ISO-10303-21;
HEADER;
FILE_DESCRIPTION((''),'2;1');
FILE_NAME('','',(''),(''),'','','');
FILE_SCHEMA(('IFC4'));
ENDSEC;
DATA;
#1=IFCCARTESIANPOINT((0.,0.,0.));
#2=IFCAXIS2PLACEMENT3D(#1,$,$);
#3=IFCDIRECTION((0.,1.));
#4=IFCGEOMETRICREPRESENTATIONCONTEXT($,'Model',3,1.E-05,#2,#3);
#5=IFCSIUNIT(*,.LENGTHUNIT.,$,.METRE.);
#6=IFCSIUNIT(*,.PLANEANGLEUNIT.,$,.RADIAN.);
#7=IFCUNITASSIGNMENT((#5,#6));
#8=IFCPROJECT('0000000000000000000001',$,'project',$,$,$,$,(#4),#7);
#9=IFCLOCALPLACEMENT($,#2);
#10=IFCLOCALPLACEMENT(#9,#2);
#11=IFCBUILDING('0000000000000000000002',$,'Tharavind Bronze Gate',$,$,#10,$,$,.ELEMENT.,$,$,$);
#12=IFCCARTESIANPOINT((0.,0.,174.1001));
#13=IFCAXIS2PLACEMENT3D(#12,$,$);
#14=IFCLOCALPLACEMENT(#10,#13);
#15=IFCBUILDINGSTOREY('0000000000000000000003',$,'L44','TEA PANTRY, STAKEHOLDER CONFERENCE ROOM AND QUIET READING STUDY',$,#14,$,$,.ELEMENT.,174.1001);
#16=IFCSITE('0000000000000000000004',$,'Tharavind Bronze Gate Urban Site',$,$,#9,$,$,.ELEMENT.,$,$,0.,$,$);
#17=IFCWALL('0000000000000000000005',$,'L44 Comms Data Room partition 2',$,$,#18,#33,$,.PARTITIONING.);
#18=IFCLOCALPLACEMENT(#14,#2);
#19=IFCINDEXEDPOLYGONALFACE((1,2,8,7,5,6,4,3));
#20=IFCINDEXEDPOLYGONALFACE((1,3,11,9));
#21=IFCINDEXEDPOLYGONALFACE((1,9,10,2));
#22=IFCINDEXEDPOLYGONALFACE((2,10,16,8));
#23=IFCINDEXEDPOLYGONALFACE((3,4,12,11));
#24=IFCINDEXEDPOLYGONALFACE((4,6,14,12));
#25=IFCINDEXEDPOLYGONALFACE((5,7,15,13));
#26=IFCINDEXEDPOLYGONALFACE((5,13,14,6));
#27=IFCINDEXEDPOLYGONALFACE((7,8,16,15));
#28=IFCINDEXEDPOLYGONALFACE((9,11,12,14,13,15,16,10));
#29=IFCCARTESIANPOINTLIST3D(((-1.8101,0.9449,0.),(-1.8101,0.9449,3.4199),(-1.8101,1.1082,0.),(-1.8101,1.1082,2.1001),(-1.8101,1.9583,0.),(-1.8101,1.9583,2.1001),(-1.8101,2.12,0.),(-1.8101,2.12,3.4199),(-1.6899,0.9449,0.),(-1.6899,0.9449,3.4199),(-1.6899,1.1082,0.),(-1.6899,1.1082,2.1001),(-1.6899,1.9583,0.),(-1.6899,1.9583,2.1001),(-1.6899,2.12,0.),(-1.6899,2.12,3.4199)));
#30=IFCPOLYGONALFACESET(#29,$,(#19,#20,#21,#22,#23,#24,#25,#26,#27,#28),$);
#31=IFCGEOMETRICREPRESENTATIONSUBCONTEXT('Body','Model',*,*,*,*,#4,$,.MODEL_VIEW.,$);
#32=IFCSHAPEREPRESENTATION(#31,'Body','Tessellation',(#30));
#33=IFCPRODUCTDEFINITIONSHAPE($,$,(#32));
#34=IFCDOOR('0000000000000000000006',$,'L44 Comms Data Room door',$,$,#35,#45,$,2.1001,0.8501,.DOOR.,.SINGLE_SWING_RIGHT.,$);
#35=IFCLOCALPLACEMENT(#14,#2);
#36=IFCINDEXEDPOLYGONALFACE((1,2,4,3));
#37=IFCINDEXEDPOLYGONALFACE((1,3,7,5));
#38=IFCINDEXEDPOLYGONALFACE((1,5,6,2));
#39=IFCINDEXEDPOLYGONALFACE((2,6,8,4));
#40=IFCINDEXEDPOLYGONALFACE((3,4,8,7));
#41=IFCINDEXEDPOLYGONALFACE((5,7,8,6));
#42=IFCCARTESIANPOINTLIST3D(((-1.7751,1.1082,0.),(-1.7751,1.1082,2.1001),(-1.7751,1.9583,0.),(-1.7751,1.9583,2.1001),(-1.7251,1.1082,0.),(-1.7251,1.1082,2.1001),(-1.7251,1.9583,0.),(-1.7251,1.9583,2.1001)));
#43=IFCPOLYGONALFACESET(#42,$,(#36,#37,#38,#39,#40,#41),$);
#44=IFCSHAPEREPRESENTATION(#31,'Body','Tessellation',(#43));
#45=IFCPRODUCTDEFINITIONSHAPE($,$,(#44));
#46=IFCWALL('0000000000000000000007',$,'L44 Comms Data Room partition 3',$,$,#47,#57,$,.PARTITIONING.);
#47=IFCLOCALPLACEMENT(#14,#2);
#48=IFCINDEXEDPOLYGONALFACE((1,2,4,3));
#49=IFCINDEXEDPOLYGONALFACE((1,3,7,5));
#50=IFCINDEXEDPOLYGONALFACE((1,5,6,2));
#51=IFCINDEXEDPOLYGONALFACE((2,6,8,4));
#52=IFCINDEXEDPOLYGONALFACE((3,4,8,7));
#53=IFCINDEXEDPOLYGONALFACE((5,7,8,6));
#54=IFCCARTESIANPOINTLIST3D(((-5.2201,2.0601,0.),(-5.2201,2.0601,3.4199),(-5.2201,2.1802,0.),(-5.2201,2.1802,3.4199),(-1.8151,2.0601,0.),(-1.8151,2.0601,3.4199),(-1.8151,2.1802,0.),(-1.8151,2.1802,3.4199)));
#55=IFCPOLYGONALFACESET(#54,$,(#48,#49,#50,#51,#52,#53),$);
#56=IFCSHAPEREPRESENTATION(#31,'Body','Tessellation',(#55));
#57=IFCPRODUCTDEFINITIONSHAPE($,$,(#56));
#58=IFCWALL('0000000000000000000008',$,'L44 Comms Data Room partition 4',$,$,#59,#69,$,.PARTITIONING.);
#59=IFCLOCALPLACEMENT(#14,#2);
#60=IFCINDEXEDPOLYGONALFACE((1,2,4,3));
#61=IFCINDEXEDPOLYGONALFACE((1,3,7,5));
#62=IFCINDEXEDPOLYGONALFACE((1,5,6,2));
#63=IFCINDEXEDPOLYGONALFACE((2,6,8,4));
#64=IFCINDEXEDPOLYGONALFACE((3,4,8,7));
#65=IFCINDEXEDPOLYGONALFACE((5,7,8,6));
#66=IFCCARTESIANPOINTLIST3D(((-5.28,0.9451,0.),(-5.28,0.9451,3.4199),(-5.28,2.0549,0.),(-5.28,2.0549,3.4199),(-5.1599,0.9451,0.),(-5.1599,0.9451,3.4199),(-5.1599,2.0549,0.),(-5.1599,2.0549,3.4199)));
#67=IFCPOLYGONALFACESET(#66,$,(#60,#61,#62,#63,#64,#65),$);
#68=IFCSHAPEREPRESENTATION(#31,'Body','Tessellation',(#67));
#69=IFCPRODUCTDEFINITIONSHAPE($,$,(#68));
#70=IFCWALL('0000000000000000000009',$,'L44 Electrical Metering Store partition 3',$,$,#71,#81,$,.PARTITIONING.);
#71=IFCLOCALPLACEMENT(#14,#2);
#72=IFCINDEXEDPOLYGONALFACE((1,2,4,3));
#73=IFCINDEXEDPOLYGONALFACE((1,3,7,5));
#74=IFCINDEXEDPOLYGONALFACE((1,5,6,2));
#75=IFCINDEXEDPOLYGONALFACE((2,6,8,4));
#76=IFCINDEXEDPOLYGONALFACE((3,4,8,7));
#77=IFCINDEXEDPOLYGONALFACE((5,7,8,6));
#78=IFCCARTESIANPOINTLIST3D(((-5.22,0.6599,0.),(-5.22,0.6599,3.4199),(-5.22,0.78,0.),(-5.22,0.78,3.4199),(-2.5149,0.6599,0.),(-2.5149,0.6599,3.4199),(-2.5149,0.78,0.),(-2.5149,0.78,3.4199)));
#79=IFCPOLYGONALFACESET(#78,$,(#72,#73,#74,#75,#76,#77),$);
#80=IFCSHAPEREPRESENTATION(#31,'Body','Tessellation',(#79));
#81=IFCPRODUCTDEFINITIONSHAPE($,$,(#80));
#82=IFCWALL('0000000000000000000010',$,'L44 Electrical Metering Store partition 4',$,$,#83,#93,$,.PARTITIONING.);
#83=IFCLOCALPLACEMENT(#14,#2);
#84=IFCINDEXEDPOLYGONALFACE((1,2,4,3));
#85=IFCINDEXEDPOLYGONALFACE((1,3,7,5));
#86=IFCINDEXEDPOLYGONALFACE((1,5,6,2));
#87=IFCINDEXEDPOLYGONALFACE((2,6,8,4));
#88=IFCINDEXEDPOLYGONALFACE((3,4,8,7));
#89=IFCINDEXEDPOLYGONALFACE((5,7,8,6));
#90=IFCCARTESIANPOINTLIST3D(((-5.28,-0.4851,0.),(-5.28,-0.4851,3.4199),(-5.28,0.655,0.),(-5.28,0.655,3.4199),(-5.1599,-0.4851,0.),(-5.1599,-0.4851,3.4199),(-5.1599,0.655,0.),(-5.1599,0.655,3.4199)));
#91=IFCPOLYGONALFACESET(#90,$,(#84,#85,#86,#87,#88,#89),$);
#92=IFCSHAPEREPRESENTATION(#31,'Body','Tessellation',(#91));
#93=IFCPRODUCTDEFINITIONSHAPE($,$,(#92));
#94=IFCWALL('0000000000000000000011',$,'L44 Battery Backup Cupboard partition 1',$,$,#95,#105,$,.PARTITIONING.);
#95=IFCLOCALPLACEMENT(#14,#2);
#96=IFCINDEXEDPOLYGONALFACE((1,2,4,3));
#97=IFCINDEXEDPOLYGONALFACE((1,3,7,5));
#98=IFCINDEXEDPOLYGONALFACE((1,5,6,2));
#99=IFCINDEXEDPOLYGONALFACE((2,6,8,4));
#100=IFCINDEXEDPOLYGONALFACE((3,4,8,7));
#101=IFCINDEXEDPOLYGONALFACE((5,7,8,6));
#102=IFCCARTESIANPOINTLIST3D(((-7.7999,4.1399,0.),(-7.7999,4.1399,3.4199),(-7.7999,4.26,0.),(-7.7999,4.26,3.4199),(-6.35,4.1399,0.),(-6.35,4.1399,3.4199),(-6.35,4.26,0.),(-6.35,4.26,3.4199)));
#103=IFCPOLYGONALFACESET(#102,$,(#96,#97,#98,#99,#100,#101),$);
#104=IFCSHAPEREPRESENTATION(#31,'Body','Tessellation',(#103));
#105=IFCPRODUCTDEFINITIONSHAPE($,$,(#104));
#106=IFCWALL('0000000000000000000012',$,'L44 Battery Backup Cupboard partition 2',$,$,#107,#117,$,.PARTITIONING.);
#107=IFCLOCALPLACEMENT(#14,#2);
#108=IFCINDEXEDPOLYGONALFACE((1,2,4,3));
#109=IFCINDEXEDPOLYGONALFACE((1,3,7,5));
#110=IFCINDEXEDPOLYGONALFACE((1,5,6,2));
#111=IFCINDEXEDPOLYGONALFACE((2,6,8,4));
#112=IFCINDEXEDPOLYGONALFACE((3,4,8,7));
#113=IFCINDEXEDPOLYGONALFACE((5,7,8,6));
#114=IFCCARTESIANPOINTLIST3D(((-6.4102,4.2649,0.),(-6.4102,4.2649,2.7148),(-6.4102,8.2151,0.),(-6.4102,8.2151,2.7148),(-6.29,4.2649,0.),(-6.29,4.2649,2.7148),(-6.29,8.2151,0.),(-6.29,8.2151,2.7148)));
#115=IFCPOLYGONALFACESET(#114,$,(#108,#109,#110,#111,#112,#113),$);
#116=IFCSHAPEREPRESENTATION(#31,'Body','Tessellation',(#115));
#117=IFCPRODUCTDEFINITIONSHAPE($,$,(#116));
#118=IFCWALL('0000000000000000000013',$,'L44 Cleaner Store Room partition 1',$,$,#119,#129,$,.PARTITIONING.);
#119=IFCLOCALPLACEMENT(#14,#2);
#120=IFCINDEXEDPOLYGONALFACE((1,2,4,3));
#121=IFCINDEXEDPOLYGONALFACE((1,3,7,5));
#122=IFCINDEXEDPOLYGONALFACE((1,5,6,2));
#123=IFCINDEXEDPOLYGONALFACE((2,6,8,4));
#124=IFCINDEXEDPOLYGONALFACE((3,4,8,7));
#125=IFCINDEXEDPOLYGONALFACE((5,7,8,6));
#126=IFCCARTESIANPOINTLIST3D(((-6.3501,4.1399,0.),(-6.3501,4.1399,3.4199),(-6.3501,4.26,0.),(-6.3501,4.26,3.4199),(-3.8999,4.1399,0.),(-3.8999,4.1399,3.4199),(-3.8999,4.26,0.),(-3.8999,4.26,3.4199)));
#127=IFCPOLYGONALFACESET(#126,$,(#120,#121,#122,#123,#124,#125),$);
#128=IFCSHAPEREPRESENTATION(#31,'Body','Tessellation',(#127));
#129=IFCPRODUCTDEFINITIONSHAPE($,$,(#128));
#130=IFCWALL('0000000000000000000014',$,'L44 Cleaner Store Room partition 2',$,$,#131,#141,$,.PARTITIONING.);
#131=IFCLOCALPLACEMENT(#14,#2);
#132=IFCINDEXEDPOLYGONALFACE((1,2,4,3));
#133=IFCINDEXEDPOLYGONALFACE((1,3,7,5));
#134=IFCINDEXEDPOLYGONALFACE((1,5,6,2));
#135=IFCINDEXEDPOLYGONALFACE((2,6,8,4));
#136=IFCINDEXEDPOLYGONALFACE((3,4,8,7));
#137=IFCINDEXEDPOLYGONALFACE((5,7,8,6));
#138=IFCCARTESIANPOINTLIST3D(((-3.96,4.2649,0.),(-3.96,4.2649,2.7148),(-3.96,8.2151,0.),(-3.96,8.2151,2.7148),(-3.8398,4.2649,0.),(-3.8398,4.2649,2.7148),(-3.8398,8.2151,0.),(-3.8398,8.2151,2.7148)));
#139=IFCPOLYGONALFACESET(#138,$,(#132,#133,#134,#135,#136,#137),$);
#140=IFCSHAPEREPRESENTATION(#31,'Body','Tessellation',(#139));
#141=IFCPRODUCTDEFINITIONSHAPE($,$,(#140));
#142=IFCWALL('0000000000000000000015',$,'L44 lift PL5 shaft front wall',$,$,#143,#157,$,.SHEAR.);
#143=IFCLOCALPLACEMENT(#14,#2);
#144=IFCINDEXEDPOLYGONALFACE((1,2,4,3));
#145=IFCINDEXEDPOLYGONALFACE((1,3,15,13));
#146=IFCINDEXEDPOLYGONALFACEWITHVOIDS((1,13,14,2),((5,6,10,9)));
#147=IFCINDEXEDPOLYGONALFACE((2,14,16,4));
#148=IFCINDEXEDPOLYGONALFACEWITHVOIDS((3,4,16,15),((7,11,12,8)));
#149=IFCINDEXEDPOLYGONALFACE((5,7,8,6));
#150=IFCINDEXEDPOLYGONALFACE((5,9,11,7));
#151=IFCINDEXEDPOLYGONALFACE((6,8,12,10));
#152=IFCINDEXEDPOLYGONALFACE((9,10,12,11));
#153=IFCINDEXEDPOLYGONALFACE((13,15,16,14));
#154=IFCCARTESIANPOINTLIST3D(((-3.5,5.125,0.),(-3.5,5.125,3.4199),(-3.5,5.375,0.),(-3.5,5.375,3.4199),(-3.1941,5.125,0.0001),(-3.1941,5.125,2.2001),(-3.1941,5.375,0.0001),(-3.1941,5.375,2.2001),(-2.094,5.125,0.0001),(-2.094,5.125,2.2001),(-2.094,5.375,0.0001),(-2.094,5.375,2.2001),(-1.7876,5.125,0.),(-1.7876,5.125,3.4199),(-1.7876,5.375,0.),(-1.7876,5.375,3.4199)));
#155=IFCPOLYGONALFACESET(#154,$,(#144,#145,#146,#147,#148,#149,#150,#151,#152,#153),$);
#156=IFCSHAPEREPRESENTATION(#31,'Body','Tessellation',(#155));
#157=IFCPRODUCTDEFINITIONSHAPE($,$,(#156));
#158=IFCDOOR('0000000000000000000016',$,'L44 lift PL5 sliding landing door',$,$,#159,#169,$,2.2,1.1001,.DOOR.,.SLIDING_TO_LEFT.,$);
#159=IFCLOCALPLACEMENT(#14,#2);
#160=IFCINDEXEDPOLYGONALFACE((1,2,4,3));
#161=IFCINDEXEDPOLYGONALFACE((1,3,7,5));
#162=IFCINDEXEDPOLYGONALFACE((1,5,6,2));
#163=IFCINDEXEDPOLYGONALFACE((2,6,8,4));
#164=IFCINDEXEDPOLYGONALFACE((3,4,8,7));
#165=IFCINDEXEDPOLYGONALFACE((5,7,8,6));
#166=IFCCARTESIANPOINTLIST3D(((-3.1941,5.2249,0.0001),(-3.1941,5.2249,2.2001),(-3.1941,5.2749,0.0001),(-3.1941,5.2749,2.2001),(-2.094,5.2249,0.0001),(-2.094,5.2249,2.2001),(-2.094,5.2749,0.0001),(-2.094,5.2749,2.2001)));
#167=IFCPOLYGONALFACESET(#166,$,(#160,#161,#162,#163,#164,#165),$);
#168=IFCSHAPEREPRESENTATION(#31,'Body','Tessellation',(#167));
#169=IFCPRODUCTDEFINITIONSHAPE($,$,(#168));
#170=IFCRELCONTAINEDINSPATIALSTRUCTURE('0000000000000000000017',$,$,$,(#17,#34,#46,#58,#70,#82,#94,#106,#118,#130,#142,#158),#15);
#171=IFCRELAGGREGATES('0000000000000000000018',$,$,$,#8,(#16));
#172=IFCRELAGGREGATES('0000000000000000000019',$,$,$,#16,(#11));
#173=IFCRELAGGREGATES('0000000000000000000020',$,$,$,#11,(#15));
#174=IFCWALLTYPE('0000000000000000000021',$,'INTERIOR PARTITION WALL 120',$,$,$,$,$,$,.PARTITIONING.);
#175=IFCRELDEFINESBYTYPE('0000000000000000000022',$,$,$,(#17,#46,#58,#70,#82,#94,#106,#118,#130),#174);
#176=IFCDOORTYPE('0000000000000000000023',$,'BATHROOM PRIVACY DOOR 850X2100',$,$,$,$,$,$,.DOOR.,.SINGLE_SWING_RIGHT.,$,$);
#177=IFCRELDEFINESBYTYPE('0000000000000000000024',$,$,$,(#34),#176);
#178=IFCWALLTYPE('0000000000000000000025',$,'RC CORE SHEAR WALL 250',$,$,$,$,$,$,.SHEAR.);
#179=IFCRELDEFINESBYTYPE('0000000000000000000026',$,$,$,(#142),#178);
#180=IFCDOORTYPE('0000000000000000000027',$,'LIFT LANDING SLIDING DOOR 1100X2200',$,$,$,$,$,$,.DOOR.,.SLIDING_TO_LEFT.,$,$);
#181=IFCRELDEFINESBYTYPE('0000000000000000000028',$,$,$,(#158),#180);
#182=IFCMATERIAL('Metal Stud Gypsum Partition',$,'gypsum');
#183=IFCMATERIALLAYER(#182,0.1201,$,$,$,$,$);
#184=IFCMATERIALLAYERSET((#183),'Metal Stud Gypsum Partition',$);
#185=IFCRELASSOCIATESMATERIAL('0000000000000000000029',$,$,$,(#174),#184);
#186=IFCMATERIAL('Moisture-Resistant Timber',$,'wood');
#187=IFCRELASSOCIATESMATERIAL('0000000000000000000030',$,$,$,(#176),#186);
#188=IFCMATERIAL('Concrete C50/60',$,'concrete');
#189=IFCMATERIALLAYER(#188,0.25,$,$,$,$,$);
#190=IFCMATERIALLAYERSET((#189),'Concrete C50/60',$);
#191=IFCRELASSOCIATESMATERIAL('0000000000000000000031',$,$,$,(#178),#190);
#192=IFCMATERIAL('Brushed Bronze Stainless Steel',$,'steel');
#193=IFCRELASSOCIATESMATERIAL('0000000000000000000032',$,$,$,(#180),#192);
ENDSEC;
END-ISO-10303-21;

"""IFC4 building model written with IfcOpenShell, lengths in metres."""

from ifc_helpers import new_model, si_unit, direction, frame, frame_2d, origin, place, context, subcontext, project, spatial, rectangle, extrude, material, layer, layer_set, type_object, element, fill, save


model = new_model("IFC4")

# Units and contexts
model_context = context("Model", 3, precision=1e-05, world=origin(), true_north=direction((0.0, 1.0)))
body_context = subcontext(model_context, "Body", "Model", "MODEL_VIEW")
ifc_project = project(units=[si_unit("LENGTHUNIT", "METRE"), si_unit("PLANEANGLEUNIT", "RADIAN")], contexts=[model_context])

# Site, building, storey
site_placement = place(None, origin())
site = spatial("IfcSite", under=ifc_project, at=site_placement, Name="Tharavind Bronze Gate Urban Site", CompositionType="ELEMENT", RefElevation=0.0)
building_placement = place(site_placement, origin())
building = spatial("IfcBuilding", under=site, at=building_placement, Name="Tharavind Bronze Gate", CompositionType="ELEMENT")
storey_placement = place(building_placement, frame((0.0, 0.0, 174.1001)))
storey = spatial("IfcBuildingStorey", under=building, at=storey_placement, Name="L44", Description="TEA PANTRY, STAKEHOLDER CONFERENCE ROOM AND QUIET READING STUDY", CompositionType="ELEMENT", Elevation=174.1001)

# Shared definitions
ifc_material_1 = material(Name="Metal Stud Gypsum Partition", Category="gypsum")
ifc_layer_1 = layer(ifc_material_1, 0.1201)
ifc_layer_set_1 = layer_set([ifc_layer_1], Name="Metal Stud Gypsum Partition")
wall_type_1 = type_object("IfcWallType", Name="INTERIOR PARTITION WALL 120", PredefinedType="PARTITIONING", material=ifc_layer_set_1)

# Shared definitions
ifc_material_2 = material(Name="Moisture-Resistant Timber", Category="wood")
door_type_1 = type_object("IfcDoorType", Name="BATHROOM PRIVACY DOOR 850X2100", OperationType="SINGLE_SWING_RIGHT", PredefinedType="DOOR", material=ifc_material_2)

# Wall, opening, door
wall_1_placement = place(storey_placement, frame((-1.75, 0.9451, 0.0), z_axis=(0.0, 0.0, 1.0), x_axis=(0.0, 1.0, 0.0)))
wall_1 = element("IfcWall", 1, at=wall_1_placement, inside=storey, type_object=wall_type_1, Name="L44 Comms Data Room partition 2", PredefinedType="PARTITIONING", context=body_context, shape_type="SweptSolid", body=[
    extrude(rectangle(XDim=1.175, YDim=0.1201, at=frame_2d((0.5874, 0.0))), origin(), (0.0, 0.0, 1.0), 3.4199),
])
opening_1_placement = place(wall_1_placement, frame((0.1631, 0.0, 0.0)))
opening_1 = element("IfcOpeningElement", 2, at=opening_1_placement, cuts=wall_1, PredefinedType="OPENING", context=body_context, shape_type="SweptSolid", body=[
    extrude(rectangle(XDim=0.8501, YDim=2.1001, at=frame_2d((0.425, 1.05))), frame((0.0, 0.0701, 0.0), z_axis=(0.0, -1.0, 0.0), x_axis=(1.0, 0.0, 0.0)), (0.0, 0.0, 1.0), 0.1401),
])
door_1_placement = place(opening_1_placement, frame((0.8501, 0.0, 0.0), z_axis=(0.0, 0.0, 1.0), x_axis=(-1.0, 0.0, 0.0)))
door_1 = element("IfcDoor", 3, at=door_1_placement, inside=storey, type_object=door_type_1, Name="L44 Comms Data Room door", OperationType="SINGLE_SWING_RIGHT", OverallHeight=2.1001, OverallWidth=0.8501, PredefinedType="DOOR", context=body_context, shape_type="SweptSolid", body=[
    extrude(rectangle(XDim=0.8501, YDim=2.1001, at=frame_2d((0.425, 1.05))), frame((0.0, 0.0249, 0.0), z_axis=(0.0, -1.0, 0.0), x_axis=(1.0, 0.0, 0.0)), (0.0, 0.0, 1.0), 0.05),
])
fill(opening_1, door_1)

# Walls
wall_2_placement = place(storey_placement, frame((-1.8149, 2.1201, 0.0), z_axis=(0.0, 0.0, 1.0), x_axis=(-1.0, 0.0, 0.0)))
element("IfcWall", 4, at=wall_2_placement, inside=storey, type_object=wall_type_1, Name="L44 Comms Data Room partition 3", PredefinedType="PARTITIONING", context=body_context, shape_type="SweptSolid", body=[
    extrude(rectangle(XDim=3.405, YDim=0.1201, at=frame_2d((1.7026, 0.0))), origin(), (0.0, 0.0, 1.0), 3.4199),
])
wall_3_placement = place(storey_placement, frame((-5.22, 2.0549, 0.0), z_axis=(0.0, 0.0, 1.0), x_axis=(0.0, -1.0, 0.0)))
element("IfcWall", 5, at=wall_3_placement, inside=storey, type_object=wall_type_1, Name="L44 Comms Data Room partition 4", PredefinedType="PARTITIONING", context=body_context, shape_type="SweptSolid", body=[
    extrude(rectangle(XDim=1.1099, YDim=0.1201, at=frame_2d((0.5549, 0.0))), origin(), (0.0, 0.0, 1.0), 3.4199),
])
wall_4_placement = place(storey_placement, frame((-2.5149, 0.72, 0.0), z_axis=(0.0, 0.0, 1.0), x_axis=(-1.0, 0.0, 0.0)))
element("IfcWall", 6, at=wall_4_placement, inside=storey, type_object=wall_type_1, Name="L44 Electrical Metering Store partition 3", PredefinedType="PARTITIONING", context=body_context, shape_type="SweptSolid", body=[
    extrude(rectangle(XDim=2.7051, YDim=0.1201, at=frame_2d((1.3525, 0.0))), origin(), (0.0, 0.0, 1.0), 3.4199),
])
wall_5_placement = place(storey_placement, frame((-5.22, 0.655, 0.0), z_axis=(0.0, 0.0, 1.0), x_axis=(0.0, -1.0, 0.0)))
element("IfcWall", 7, at=wall_5_placement, inside=storey, type_object=wall_type_1, Name="L44 Electrical Metering Store partition 4", PredefinedType="PARTITIONING", context=body_context, shape_type="SweptSolid", body=[
    extrude(rectangle(XDim=1.1401, YDim=0.1201, at=frame_2d((0.5701, 0.0))), origin(), (0.0, 0.0, 1.0), 3.4199),
])
wall_6_placement = place(storey_placement, frame((-7.8, 4.2, 0.0), z_axis=(0.0, 0.0, 1.0), x_axis=(1.0, 0.0, 0.0)))
element("IfcWall", 8, at=wall_6_placement, inside=storey, type_object=wall_type_1, Name="L44 Battery Backup Cupboard partition 1", PredefinedType="PARTITIONING", context=body_context, shape_type="SweptSolid", body=[
    extrude(rectangle(XDim=1.45, YDim=0.1201, at=frame_2d((0.7251, 0.0))), origin(), (0.0, 0.0, 1.0), 3.4199),
])
wall_7_placement = place(storey_placement, frame((-6.3501, 4.2649, 0.0), z_axis=(0.0, 0.0, 1.0), x_axis=(0.0, 1.0, 0.0)))
element("IfcWall", 9, at=wall_7_placement, inside=storey, type_object=wall_type_1, Name="L44 Battery Backup Cupboard partition 2", PredefinedType="PARTITIONING", context=body_context, shape_type="SweptSolid", body=[
    extrude(rectangle(XDim=3.9502, YDim=0.1201, at=frame_2d((1.9751, 0.0))), origin(), (0.0, 0.0, 1.0), 2.7148),
])
wall_8_placement = place(storey_placement, frame((-6.3501, 4.2, 0.0), z_axis=(0.0, 0.0, 1.0), x_axis=(1.0, 0.0, 0.0)))
element("IfcWall", 10, at=wall_8_placement, inside=storey, type_object=wall_type_1, Name="L44 Cleaner Store Room partition 1", PredefinedType="PARTITIONING", context=body_context, shape_type="SweptSolid", body=[
    extrude(rectangle(XDim=2.4502, YDim=0.1201, at=frame_2d((1.2251, 0.0))), origin(), (0.0, 0.0, 1.0), 3.4199),
])
wall_9_placement = place(storey_placement, frame((-3.8999, 4.2649, 0.0), z_axis=(0.0, 0.0, 1.0), x_axis=(0.0, 1.0, 0.0)))
element("IfcWall", 11, at=wall_9_placement, inside=storey, type_object=wall_type_1, Name="L44 Cleaner Store Room partition 2", PredefinedType="PARTITIONING", context=body_context, shape_type="SweptSolid", body=[
    extrude(rectangle(XDim=3.9502, YDim=0.1201, at=frame_2d((1.9751, 0.0))), origin(), (0.0, 0.0, 1.0), 2.7148),
])

# Wall, opening, door
ifc_material_3 = material(Name="Concrete C50/60", Category="concrete")
ifc_layer_2 = layer(ifc_material_3, 0.25)
ifc_layer_set_2 = layer_set([ifc_layer_2], Name="Concrete C50/60")
wall_type_2 = type_object("IfcWallType", Name="RC CORE SHEAR WALL 250", PredefinedType="SHEAR", material=ifc_layer_set_2)
wall_10_placement = place(storey_placement, frame((-3.5, 5.25, 0.0), z_axis=(0.0, 0.0, 1.0), x_axis=(1.0, 0.0, 0.0)))
wall_10 = element("IfcWall", 12, at=wall_10_placement, inside=storey, type_object=wall_type_2, Name="L44 lift PL5 shaft front wall", PredefinedType="SHEAR", context=body_context, shape_type="SweptSolid", body=[
    extrude(rectangle(XDim=1.7124, YDim=0.25, at=frame_2d((0.8562, 0.0))), origin(), (0.0, 0.0, 1.0), 3.4199),
])
opening_2_placement = place(wall_10_placement, frame((0.3059, 0.0, 0.0)))
opening_2 = element("IfcOpeningElement", 13, at=opening_2_placement, cuts=wall_10, PredefinedType="OPENING", context=body_context, shape_type="SweptSolid", body=[
    extrude(rectangle(XDim=1.1001, YDim=2.2, at=frame_2d((0.55, 1.1001))), frame((0.0, 0.135, 0.0), z_axis=(0.0, -1.0, 0.0), x_axis=(1.0, 0.0, 0.0)), (0.0, 0.0, 1.0), 0.27),
])
ifc_material_4 = material(Name="Brushed Bronze Stainless Steel", Category="steel")
door_type_2 = type_object("IfcDoorType", Name="LIFT LANDING SLIDING DOOR 1100X2200", OperationType="SLIDING_TO_LEFT", PredefinedType="DOOR", material=ifc_material_4)
door_2_placement = place(opening_2_placement, origin())
door_2 = element("IfcDoor", 14, at=door_2_placement, inside=storey, type_object=door_type_2, Name="L44 lift PL5 sliding landing door", OperationType="SLIDING_TO_LEFT", OverallHeight=2.2, OverallWidth=1.1001, PredefinedType="DOOR", context=body_context, shape_type="SweptSolid", body=[
    extrude(rectangle(XDim=1.1001, YDim=2.2, at=frame_2d((0.55, 1.1001))), frame((0.0, 0.0249, 0.0), z_axis=(0.0, -1.0, 0.0), x_axis=(1.0, 0.0, 0.0)), (0.0, 0.0, 1.0), 0.05),
])
fill(opening_2, door_2)

save(model, "model.ifc")
